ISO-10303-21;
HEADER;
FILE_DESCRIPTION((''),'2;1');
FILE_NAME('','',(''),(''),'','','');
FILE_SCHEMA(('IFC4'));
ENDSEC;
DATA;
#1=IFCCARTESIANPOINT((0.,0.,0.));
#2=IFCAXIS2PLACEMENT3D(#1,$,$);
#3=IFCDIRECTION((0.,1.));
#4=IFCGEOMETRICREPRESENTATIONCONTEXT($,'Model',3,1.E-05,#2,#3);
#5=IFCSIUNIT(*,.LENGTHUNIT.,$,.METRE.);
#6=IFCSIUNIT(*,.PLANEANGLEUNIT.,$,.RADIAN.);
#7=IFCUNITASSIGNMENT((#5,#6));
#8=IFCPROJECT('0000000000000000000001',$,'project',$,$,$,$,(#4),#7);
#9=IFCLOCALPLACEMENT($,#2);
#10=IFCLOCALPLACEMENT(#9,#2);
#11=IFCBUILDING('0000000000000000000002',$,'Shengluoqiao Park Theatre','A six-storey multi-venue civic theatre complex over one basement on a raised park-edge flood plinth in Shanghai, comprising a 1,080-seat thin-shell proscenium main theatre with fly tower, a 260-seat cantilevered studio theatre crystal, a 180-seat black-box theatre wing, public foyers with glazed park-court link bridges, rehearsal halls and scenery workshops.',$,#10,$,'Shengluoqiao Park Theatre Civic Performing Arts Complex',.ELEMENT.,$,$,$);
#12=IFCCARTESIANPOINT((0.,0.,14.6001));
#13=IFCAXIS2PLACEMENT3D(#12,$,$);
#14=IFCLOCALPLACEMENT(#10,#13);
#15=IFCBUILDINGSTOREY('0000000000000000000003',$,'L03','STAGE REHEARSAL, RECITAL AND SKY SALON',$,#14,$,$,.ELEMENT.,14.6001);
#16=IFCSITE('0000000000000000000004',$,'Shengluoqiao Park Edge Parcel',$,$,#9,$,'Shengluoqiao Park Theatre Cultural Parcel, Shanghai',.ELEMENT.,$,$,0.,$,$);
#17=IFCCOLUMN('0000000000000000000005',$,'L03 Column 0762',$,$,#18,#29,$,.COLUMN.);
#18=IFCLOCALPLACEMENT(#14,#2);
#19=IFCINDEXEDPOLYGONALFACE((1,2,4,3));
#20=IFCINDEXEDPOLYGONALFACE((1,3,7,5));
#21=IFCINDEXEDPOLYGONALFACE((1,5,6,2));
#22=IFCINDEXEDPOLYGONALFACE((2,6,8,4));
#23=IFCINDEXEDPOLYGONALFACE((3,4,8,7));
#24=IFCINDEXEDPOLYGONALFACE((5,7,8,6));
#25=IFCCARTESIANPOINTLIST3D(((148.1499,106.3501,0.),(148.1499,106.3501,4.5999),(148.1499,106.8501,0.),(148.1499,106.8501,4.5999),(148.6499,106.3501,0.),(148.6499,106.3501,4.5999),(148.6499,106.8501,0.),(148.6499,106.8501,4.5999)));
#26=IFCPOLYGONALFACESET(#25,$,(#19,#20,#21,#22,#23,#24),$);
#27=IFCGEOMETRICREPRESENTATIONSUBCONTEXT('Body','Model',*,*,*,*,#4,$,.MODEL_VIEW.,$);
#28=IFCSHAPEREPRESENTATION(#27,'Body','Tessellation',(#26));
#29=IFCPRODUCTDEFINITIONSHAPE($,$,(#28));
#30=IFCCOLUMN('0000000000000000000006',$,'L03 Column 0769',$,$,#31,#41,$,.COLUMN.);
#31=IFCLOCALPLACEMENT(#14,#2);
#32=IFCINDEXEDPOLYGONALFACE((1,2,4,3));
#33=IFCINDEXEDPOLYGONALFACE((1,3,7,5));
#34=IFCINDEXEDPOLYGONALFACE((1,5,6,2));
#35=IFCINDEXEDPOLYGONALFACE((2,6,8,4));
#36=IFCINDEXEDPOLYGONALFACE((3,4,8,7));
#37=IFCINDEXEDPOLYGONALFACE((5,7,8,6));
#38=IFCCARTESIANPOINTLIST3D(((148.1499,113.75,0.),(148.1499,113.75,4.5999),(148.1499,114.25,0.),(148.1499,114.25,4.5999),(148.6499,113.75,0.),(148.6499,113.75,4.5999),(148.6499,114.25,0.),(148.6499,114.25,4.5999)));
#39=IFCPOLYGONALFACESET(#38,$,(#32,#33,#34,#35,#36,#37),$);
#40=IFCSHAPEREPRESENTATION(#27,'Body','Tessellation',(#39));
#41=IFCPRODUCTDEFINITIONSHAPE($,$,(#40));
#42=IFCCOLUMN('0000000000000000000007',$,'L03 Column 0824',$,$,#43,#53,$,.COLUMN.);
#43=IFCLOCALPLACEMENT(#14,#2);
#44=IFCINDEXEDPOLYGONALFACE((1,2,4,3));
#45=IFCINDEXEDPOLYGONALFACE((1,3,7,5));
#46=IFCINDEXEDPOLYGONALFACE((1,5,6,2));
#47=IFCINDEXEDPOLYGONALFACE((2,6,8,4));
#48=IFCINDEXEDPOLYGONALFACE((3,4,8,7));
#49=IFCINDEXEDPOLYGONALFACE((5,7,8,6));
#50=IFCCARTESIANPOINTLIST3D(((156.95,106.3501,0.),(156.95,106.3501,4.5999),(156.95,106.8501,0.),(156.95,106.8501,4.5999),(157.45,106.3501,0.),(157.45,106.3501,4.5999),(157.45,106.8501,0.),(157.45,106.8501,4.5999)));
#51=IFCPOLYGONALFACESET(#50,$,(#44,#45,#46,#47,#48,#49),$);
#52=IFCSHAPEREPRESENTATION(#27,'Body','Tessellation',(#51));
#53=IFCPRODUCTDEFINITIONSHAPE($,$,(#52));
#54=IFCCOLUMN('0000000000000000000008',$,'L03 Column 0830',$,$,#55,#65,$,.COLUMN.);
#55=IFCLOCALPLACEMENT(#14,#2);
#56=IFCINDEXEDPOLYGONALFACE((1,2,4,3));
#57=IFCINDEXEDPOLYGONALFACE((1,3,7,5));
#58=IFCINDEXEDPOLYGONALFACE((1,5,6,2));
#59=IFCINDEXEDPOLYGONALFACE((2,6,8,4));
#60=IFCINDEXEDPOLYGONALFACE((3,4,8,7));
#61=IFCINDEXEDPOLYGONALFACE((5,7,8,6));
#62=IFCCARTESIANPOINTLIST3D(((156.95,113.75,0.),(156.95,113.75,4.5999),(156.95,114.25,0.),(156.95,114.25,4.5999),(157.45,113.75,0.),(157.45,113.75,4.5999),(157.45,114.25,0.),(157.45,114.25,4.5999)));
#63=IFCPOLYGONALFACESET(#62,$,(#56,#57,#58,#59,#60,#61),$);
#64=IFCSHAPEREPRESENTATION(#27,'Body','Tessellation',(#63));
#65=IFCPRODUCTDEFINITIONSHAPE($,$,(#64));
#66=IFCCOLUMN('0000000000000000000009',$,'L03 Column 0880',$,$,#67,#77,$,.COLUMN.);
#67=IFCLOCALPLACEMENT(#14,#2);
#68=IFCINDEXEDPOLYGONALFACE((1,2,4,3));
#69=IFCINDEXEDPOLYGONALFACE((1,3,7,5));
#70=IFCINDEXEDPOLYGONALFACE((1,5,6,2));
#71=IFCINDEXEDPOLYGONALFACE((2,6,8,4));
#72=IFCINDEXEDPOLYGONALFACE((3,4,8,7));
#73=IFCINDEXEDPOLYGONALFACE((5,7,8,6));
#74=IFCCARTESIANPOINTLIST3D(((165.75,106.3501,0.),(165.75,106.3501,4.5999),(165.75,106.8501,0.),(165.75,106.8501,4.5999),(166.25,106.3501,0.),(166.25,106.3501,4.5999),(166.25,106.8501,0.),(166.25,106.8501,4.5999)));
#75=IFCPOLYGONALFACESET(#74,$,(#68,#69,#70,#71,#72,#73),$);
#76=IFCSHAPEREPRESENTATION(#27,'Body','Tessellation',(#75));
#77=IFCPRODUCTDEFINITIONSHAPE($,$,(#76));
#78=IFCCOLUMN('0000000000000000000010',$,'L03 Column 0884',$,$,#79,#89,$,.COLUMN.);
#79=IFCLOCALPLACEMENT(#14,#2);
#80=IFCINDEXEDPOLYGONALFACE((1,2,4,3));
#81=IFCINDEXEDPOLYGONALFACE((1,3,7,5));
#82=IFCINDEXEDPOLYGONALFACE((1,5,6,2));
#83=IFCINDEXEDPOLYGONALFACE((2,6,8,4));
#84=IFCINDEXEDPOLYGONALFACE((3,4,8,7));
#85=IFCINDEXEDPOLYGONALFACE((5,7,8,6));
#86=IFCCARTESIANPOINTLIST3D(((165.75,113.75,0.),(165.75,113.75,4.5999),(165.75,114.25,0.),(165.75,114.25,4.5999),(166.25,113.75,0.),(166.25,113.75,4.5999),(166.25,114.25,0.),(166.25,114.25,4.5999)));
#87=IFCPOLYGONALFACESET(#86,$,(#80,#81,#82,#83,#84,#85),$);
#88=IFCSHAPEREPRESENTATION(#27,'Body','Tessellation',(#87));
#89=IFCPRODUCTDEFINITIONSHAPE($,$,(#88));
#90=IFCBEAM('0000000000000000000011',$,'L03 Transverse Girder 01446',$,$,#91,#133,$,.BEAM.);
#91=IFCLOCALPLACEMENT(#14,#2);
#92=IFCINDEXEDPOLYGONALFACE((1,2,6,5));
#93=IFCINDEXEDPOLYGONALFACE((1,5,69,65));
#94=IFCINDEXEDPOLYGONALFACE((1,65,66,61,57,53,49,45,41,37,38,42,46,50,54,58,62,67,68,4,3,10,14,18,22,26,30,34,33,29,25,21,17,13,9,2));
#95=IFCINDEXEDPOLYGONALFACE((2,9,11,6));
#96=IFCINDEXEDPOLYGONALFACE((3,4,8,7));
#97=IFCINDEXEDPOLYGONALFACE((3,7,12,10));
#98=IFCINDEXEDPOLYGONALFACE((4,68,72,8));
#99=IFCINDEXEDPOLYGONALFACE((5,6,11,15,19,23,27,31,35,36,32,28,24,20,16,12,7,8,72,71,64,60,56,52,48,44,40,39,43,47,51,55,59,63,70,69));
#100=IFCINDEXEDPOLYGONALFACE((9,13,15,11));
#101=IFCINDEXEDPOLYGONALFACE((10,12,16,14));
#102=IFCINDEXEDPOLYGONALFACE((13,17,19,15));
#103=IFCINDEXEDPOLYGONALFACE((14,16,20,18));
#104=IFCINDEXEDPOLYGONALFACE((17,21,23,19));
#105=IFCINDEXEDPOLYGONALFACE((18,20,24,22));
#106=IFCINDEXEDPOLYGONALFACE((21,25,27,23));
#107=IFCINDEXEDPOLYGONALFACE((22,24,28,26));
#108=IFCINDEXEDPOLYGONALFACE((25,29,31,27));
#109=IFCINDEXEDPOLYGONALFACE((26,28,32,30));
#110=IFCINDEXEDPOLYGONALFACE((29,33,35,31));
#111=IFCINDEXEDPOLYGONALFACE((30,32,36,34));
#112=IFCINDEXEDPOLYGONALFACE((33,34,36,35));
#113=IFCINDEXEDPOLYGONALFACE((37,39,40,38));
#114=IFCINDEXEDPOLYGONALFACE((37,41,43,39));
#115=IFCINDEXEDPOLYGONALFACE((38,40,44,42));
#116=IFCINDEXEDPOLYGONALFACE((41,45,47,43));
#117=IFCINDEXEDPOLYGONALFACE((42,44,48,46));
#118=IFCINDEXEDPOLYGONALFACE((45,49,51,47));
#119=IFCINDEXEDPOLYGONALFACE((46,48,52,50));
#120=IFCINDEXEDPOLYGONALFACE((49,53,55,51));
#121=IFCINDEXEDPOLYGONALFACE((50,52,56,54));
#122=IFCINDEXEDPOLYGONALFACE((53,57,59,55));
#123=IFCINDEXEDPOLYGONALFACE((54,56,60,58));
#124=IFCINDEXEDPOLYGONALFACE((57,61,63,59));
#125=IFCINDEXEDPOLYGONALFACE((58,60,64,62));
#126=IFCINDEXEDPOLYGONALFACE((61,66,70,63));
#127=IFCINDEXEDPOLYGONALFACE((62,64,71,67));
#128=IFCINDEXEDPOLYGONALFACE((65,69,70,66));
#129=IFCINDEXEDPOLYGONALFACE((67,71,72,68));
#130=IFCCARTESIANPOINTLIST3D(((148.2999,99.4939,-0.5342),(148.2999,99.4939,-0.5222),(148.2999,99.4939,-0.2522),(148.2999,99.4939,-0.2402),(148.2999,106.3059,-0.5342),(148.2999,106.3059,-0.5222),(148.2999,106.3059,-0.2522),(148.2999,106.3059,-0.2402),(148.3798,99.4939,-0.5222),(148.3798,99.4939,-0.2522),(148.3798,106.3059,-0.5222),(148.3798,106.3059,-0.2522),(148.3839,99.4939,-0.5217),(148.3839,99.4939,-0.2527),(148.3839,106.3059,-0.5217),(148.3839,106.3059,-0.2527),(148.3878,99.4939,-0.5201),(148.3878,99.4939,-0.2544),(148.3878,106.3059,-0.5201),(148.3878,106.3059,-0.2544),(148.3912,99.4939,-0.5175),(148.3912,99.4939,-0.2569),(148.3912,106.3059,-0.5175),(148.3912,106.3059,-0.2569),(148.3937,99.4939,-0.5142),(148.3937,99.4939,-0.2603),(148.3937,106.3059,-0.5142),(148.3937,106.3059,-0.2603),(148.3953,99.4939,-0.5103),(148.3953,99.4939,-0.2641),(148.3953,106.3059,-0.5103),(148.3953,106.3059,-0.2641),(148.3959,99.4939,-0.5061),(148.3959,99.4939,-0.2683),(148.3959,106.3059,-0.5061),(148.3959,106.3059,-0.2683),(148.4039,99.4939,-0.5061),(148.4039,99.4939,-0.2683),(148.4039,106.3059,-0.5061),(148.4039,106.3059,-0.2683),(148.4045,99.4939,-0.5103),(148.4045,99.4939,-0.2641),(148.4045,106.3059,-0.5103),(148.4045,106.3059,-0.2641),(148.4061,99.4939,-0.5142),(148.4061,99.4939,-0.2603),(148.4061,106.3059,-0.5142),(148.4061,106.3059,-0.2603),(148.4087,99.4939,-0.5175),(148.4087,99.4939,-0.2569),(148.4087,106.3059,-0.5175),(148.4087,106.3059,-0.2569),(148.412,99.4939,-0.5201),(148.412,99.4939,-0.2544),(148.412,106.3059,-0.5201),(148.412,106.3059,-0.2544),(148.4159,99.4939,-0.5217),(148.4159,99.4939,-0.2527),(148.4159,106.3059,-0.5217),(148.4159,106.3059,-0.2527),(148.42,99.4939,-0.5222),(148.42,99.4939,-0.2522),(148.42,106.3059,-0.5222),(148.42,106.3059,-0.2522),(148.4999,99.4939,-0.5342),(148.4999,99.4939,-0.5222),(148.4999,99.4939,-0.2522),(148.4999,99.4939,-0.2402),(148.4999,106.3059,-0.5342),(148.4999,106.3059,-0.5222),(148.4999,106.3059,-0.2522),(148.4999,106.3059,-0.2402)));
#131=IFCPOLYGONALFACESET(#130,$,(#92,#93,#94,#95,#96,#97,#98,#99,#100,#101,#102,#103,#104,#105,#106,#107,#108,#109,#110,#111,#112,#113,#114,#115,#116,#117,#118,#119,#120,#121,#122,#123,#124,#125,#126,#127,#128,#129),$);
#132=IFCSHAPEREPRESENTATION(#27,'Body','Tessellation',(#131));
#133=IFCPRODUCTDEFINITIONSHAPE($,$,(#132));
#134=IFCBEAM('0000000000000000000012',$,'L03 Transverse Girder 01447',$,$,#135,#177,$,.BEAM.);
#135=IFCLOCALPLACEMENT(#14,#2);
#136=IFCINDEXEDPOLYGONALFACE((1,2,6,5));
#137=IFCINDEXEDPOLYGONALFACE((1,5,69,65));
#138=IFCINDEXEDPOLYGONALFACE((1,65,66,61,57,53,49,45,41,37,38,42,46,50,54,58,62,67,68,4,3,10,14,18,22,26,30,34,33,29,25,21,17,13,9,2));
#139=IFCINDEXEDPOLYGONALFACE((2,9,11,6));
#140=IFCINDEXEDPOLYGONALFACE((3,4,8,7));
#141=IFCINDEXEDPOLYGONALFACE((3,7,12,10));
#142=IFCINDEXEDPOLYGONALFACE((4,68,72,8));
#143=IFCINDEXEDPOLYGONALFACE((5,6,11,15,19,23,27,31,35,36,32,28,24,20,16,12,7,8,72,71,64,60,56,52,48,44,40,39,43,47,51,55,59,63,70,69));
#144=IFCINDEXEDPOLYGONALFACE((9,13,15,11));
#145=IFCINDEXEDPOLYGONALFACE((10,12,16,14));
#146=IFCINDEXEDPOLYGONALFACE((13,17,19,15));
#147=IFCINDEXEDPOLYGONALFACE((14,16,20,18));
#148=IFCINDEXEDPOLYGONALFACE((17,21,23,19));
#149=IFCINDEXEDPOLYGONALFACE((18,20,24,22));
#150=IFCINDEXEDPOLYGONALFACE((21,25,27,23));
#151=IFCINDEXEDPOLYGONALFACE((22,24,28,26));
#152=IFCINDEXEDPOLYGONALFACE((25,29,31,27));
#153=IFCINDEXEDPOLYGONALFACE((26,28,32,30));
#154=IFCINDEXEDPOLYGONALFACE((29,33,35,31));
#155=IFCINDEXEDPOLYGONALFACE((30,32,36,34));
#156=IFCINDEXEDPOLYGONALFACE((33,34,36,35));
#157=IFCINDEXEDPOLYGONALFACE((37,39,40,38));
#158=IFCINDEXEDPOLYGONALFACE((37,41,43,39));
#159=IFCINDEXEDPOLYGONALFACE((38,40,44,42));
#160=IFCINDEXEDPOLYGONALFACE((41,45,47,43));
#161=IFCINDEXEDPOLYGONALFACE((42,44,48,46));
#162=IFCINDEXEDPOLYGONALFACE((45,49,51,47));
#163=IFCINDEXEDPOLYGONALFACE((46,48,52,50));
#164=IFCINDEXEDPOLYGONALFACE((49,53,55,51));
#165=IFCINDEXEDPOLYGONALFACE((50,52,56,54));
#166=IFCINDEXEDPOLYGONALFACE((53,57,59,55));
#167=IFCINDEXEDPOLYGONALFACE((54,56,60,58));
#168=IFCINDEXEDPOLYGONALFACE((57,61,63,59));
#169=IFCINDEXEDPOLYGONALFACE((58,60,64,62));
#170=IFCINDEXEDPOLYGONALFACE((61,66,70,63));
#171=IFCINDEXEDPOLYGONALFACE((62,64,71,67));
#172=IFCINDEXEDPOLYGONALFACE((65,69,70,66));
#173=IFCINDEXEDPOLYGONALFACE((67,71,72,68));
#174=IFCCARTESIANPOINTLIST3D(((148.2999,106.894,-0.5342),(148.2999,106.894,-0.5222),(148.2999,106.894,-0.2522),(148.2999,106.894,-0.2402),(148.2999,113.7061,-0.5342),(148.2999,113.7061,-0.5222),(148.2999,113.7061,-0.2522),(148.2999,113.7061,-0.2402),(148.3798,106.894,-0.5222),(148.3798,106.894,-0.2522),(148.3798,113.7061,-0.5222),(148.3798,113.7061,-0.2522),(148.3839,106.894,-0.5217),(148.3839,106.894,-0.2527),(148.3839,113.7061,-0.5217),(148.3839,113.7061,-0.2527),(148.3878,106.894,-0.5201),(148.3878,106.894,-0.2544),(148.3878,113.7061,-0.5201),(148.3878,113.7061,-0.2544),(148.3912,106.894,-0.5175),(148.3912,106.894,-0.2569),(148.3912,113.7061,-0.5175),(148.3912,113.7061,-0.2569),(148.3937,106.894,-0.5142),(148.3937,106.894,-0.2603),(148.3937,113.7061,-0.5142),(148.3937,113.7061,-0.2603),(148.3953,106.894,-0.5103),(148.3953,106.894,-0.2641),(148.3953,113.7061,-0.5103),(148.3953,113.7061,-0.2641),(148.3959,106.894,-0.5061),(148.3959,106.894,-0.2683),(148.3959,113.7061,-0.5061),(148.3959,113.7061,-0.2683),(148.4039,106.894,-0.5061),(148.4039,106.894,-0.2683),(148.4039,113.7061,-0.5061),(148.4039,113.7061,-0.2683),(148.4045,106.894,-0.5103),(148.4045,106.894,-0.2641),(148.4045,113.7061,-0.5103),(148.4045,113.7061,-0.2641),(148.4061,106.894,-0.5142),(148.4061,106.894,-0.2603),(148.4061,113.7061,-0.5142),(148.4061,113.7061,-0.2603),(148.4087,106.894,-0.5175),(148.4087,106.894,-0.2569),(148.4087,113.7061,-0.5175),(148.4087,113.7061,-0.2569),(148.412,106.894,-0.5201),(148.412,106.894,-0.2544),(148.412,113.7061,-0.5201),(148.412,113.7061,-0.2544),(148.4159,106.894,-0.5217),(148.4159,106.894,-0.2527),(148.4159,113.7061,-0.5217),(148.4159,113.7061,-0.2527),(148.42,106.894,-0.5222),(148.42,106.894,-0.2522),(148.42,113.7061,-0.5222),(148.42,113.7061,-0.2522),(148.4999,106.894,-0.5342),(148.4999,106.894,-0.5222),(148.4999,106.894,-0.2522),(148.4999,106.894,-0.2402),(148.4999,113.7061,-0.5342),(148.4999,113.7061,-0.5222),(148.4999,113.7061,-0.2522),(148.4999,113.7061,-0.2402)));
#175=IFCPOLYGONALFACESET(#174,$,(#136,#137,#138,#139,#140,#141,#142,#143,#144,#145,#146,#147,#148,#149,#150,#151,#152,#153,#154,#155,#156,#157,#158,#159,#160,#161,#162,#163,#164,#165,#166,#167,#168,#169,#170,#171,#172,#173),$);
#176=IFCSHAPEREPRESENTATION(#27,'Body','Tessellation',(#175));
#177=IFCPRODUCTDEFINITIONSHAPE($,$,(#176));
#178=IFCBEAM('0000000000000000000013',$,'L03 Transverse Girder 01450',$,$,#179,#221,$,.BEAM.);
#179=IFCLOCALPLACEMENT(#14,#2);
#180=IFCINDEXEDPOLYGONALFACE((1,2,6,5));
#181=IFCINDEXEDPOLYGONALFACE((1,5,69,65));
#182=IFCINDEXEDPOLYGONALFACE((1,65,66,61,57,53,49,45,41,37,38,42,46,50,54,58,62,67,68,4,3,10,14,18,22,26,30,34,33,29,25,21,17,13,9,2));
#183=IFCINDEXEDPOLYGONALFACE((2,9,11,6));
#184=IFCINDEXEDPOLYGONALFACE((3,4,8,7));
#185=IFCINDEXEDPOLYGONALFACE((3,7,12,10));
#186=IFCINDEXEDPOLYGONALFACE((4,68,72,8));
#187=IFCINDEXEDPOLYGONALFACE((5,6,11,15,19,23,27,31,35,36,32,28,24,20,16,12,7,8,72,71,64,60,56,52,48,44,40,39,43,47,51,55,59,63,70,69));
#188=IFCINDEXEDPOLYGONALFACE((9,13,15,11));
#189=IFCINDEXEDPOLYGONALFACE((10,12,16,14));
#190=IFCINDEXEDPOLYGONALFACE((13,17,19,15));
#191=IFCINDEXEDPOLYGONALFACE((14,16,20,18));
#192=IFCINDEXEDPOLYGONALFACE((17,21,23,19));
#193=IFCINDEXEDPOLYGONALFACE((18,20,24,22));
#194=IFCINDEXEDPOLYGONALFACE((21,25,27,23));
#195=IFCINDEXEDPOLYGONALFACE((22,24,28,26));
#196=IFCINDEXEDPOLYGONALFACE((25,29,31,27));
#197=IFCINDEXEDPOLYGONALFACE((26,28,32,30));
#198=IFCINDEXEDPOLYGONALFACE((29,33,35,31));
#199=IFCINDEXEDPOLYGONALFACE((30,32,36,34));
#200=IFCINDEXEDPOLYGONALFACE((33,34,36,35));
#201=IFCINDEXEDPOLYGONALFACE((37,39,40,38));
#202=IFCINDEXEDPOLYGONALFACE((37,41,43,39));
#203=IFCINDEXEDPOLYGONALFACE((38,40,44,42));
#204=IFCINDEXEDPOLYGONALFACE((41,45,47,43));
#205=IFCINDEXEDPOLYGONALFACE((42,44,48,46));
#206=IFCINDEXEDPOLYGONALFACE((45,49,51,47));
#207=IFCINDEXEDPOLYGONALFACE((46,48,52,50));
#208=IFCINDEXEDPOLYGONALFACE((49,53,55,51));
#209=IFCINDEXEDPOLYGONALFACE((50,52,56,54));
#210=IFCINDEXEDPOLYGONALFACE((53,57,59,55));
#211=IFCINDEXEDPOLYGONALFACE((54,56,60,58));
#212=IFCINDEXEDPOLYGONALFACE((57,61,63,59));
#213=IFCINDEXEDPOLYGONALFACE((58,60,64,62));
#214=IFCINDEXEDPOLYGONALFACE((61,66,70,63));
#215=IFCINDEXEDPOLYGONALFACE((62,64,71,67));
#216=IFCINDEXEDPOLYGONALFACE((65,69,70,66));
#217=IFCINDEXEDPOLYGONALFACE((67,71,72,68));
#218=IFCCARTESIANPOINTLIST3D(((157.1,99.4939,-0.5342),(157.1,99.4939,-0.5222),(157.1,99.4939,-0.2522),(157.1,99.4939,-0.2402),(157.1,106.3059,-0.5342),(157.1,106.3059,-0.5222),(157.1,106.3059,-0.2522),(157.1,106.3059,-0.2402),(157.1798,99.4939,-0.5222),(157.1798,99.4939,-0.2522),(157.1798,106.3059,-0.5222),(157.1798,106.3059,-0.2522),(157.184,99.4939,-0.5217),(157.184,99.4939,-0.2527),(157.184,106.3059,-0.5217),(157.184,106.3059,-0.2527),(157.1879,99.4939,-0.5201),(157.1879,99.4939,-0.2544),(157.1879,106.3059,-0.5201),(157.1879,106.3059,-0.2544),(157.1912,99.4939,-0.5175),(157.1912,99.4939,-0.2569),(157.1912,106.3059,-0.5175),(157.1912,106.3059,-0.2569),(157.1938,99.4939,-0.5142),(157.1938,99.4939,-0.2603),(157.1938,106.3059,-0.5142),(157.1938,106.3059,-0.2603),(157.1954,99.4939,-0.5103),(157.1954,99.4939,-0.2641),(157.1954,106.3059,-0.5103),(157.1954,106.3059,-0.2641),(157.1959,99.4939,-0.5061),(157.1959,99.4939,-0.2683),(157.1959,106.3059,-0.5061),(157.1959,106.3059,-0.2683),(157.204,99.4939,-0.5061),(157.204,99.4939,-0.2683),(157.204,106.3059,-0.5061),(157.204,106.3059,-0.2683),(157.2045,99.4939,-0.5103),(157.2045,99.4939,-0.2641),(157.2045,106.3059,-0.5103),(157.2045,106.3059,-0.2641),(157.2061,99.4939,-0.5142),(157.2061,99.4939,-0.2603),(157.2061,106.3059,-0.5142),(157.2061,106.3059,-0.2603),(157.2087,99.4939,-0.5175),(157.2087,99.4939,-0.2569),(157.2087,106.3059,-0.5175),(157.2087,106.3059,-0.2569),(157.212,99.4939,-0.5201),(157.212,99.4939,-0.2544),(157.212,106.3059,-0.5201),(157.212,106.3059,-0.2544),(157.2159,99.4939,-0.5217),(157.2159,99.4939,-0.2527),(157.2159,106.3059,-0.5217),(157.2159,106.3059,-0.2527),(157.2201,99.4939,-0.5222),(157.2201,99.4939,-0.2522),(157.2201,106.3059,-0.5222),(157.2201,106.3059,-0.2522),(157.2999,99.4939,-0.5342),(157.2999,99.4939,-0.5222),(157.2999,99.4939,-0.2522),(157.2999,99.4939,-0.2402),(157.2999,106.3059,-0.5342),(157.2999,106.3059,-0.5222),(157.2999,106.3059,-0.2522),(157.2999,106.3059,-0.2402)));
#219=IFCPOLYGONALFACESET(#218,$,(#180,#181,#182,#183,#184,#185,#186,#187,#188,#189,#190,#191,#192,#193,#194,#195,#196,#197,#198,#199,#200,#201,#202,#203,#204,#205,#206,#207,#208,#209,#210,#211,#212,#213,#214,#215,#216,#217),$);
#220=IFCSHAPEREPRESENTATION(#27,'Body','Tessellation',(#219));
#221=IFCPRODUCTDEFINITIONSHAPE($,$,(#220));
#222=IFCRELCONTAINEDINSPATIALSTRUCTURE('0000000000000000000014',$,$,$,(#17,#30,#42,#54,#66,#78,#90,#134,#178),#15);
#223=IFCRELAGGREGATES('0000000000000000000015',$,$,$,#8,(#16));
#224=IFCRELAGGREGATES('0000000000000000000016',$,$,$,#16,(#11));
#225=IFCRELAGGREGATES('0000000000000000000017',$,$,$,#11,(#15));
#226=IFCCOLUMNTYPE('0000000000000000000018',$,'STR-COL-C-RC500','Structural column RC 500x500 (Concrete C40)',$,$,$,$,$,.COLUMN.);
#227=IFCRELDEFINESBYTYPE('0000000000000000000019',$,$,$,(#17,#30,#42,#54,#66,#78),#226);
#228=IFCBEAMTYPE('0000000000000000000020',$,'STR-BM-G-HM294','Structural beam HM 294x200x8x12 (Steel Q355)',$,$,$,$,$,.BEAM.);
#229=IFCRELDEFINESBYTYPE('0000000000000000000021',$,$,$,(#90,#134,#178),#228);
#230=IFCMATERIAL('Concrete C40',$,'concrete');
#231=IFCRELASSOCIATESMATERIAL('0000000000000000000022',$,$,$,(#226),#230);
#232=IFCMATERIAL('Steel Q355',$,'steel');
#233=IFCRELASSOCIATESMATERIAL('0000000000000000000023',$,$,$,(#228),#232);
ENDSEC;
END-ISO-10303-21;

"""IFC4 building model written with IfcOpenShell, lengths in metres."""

from ifc_helpers import new_model, si_unit, direction, frame, origin, origin_2d, place, context, subcontext, project, spatial, rectangle, i_section, extrude, material, material_profile, profile_set, type_object, element, save


model = new_model("IFC4")

# Units and contexts
model_context = context("Model", 3, precision=1e-05, world=origin(), true_north=direction((0.0, 1.0)))
body_context = subcontext(model_context, "Body", "Model", "MODEL_VIEW")
ifc_project = project(units=[si_unit("LENGTHUNIT", "METRE"), si_unit("PLANEANGLEUNIT", "RADIAN")], contexts=[model_context])

# Site, building, storey
site_placement = place(None, origin())
site = spatial("IfcSite", under=ifc_project, at=site_placement, Name="Shengluoqiao Park Edge Parcel", LongName="Shengluoqiao Park Theatre Cultural Parcel, Shanghai", CompositionType="ELEMENT", RefElevation=0.0)
building_placement = place(site_placement, origin())
building = spatial("IfcBuilding", under=site, at=building_placement, Name="Shengluoqiao Park Theatre", Description="A six-storey multi-venue civic theatre complex over one basement on a raised park-edge flood plinth in Shanghai, comprising a 1,080-seat thin-shell proscenium main theatre with fly tower, a 260-seat cantilevered studio theatre crystal, a 180-seat black-box theatre wing, public foyers with glazed park-court link bridges, rehearsal halls and scenery workshops.", LongName="Shengluoqiao Park Theatre Civic Performing Arts Complex", CompositionType="ELEMENT")
storey_placement = place(building_placement, frame((0.0, 0.0, 14.6001)))
storey = spatial("IfcBuildingStorey", under=building, at=storey_placement, Name="L03", Description="STAGE REHEARSAL, RECITAL AND SKY SALON", CompositionType="ELEMENT", Elevation=14.6001)

# Columns
ifc_material_1 = material(Name="Concrete C40", Category="concrete")
ifc_material_profile_1 = material_profile(ifc_material_1, rectangle(XDim=0.5, YDim=0.5, at=origin_2d()), Name="RC 500x500")
ifc_profile_set_1 = profile_set([ifc_material_profile_1], Name="Concrete C40")
column_type = type_object("IfcColumnType", Name="STR-COL-C-RC500", Description="Structural column RC 500x500 (Concrete C40)", PredefinedType="COLUMN", material=ifc_profile_set_1)
for number, where, z_axis, x_axis, name in (
    (1, (148.3999, 106.6001, 0.0), (0.0, 0.0, 1.0), (1.0, 0.0, 0.0), "L03 Column 0762"),
    (2, (148.3999, 114.0, 0.0), (0.0, 0.0, 1.0), (1.0, 0.0, 0.0), "L03 Column 0769"),
    (3, (157.2, 106.6001, 0.0), (0.0, 0.0, 1.0), (1.0, 0.0, 0.0), "L03 Column 0824"),
    (4, (157.2, 114.0, 0.0), (0.0, 0.0, 1.0), (1.0, 0.0, 0.0), "L03 Column 0830"),
    (5, (166.0, 106.6001, 0.0), (0.0, 0.0, 1.0), (1.0, 0.0, 0.0), "L03 Column 0880"),
    (6, (166.0, 114.0, 0.0), (0.0, 0.0, 1.0), (1.0, 0.0, 0.0), "L03 Column 0884"),
):
    element("IfcColumn", number, at=place(storey_placement, frame(where, z_axis=z_axis, x_axis=x_axis)), inside=storey, type_object=column_type, Name=name, PredefinedType="COLUMN", context=body_context, shape_type="SweptSolid", body=[
        extrude(rectangle(XDim=0.5, YDim=0.5, at=origin_2d()), origin(), (0.0, 0.0, 1.0), 4.5999),
    ])

# Beams
ifc_material_2 = material(Name="Steel Q355", Category="steel")
ifc_material_profile_2 = material_profile(ifc_material_2, i_section(OverallWidth=0.2, OverallDepth=0.2939, WebThickness=0.0081, FlangeThickness=0.012, FilletRadius=0.0161, at=origin_2d()), Name="HM 294x200x8x12")
ifc_profile_set_2 = profile_set([ifc_material_profile_2], Name="Steel Q355")
beam_type_1 = type_object("IfcBeamType", Name="STR-BM-G-HM294", Description="Structural beam HM 294x200x8x12 (Steel Q355)", PredefinedType="BEAM", material=ifc_profile_set_2)
for number, where, z_axis, x_axis, name in (
    (7, (148.3999, 99.4939, -0.3872), (0.0, 1.0, 0.0), (-1.0, 0.0, 0.0), "L03 Transverse Girder 01446"),
    (8, (148.3999, 106.894, -0.3872), (0.0, 1.0, 0.0), (-1.0, 0.0, 0.0), "L03 Transverse Girder 01447"),
    (9, (157.2, 99.4939, -0.3872), (0.0, 1.0, 0.0), (-1.0, 0.0, 0.0), "L03 Transverse Girder 01450"),
):
    element("IfcBeam", number, at=place(storey_placement, frame(where, z_axis=z_axis, x_axis=x_axis)), inside=storey, type_object=beam_type_1, Name=name, PredefinedType="BEAM", context=body_context, shape_type="SweptSolid", body=[
        extrude(i_section(OverallWidth=0.2, OverallDepth=0.2939, WebThickness=0.0081, FlangeThickness=0.012, FilletRadius=0.0161, at=origin_2d()), origin(), (0.0, 0.0, 1.0), 6.812),
    ])

save(model, "model.ifc")
